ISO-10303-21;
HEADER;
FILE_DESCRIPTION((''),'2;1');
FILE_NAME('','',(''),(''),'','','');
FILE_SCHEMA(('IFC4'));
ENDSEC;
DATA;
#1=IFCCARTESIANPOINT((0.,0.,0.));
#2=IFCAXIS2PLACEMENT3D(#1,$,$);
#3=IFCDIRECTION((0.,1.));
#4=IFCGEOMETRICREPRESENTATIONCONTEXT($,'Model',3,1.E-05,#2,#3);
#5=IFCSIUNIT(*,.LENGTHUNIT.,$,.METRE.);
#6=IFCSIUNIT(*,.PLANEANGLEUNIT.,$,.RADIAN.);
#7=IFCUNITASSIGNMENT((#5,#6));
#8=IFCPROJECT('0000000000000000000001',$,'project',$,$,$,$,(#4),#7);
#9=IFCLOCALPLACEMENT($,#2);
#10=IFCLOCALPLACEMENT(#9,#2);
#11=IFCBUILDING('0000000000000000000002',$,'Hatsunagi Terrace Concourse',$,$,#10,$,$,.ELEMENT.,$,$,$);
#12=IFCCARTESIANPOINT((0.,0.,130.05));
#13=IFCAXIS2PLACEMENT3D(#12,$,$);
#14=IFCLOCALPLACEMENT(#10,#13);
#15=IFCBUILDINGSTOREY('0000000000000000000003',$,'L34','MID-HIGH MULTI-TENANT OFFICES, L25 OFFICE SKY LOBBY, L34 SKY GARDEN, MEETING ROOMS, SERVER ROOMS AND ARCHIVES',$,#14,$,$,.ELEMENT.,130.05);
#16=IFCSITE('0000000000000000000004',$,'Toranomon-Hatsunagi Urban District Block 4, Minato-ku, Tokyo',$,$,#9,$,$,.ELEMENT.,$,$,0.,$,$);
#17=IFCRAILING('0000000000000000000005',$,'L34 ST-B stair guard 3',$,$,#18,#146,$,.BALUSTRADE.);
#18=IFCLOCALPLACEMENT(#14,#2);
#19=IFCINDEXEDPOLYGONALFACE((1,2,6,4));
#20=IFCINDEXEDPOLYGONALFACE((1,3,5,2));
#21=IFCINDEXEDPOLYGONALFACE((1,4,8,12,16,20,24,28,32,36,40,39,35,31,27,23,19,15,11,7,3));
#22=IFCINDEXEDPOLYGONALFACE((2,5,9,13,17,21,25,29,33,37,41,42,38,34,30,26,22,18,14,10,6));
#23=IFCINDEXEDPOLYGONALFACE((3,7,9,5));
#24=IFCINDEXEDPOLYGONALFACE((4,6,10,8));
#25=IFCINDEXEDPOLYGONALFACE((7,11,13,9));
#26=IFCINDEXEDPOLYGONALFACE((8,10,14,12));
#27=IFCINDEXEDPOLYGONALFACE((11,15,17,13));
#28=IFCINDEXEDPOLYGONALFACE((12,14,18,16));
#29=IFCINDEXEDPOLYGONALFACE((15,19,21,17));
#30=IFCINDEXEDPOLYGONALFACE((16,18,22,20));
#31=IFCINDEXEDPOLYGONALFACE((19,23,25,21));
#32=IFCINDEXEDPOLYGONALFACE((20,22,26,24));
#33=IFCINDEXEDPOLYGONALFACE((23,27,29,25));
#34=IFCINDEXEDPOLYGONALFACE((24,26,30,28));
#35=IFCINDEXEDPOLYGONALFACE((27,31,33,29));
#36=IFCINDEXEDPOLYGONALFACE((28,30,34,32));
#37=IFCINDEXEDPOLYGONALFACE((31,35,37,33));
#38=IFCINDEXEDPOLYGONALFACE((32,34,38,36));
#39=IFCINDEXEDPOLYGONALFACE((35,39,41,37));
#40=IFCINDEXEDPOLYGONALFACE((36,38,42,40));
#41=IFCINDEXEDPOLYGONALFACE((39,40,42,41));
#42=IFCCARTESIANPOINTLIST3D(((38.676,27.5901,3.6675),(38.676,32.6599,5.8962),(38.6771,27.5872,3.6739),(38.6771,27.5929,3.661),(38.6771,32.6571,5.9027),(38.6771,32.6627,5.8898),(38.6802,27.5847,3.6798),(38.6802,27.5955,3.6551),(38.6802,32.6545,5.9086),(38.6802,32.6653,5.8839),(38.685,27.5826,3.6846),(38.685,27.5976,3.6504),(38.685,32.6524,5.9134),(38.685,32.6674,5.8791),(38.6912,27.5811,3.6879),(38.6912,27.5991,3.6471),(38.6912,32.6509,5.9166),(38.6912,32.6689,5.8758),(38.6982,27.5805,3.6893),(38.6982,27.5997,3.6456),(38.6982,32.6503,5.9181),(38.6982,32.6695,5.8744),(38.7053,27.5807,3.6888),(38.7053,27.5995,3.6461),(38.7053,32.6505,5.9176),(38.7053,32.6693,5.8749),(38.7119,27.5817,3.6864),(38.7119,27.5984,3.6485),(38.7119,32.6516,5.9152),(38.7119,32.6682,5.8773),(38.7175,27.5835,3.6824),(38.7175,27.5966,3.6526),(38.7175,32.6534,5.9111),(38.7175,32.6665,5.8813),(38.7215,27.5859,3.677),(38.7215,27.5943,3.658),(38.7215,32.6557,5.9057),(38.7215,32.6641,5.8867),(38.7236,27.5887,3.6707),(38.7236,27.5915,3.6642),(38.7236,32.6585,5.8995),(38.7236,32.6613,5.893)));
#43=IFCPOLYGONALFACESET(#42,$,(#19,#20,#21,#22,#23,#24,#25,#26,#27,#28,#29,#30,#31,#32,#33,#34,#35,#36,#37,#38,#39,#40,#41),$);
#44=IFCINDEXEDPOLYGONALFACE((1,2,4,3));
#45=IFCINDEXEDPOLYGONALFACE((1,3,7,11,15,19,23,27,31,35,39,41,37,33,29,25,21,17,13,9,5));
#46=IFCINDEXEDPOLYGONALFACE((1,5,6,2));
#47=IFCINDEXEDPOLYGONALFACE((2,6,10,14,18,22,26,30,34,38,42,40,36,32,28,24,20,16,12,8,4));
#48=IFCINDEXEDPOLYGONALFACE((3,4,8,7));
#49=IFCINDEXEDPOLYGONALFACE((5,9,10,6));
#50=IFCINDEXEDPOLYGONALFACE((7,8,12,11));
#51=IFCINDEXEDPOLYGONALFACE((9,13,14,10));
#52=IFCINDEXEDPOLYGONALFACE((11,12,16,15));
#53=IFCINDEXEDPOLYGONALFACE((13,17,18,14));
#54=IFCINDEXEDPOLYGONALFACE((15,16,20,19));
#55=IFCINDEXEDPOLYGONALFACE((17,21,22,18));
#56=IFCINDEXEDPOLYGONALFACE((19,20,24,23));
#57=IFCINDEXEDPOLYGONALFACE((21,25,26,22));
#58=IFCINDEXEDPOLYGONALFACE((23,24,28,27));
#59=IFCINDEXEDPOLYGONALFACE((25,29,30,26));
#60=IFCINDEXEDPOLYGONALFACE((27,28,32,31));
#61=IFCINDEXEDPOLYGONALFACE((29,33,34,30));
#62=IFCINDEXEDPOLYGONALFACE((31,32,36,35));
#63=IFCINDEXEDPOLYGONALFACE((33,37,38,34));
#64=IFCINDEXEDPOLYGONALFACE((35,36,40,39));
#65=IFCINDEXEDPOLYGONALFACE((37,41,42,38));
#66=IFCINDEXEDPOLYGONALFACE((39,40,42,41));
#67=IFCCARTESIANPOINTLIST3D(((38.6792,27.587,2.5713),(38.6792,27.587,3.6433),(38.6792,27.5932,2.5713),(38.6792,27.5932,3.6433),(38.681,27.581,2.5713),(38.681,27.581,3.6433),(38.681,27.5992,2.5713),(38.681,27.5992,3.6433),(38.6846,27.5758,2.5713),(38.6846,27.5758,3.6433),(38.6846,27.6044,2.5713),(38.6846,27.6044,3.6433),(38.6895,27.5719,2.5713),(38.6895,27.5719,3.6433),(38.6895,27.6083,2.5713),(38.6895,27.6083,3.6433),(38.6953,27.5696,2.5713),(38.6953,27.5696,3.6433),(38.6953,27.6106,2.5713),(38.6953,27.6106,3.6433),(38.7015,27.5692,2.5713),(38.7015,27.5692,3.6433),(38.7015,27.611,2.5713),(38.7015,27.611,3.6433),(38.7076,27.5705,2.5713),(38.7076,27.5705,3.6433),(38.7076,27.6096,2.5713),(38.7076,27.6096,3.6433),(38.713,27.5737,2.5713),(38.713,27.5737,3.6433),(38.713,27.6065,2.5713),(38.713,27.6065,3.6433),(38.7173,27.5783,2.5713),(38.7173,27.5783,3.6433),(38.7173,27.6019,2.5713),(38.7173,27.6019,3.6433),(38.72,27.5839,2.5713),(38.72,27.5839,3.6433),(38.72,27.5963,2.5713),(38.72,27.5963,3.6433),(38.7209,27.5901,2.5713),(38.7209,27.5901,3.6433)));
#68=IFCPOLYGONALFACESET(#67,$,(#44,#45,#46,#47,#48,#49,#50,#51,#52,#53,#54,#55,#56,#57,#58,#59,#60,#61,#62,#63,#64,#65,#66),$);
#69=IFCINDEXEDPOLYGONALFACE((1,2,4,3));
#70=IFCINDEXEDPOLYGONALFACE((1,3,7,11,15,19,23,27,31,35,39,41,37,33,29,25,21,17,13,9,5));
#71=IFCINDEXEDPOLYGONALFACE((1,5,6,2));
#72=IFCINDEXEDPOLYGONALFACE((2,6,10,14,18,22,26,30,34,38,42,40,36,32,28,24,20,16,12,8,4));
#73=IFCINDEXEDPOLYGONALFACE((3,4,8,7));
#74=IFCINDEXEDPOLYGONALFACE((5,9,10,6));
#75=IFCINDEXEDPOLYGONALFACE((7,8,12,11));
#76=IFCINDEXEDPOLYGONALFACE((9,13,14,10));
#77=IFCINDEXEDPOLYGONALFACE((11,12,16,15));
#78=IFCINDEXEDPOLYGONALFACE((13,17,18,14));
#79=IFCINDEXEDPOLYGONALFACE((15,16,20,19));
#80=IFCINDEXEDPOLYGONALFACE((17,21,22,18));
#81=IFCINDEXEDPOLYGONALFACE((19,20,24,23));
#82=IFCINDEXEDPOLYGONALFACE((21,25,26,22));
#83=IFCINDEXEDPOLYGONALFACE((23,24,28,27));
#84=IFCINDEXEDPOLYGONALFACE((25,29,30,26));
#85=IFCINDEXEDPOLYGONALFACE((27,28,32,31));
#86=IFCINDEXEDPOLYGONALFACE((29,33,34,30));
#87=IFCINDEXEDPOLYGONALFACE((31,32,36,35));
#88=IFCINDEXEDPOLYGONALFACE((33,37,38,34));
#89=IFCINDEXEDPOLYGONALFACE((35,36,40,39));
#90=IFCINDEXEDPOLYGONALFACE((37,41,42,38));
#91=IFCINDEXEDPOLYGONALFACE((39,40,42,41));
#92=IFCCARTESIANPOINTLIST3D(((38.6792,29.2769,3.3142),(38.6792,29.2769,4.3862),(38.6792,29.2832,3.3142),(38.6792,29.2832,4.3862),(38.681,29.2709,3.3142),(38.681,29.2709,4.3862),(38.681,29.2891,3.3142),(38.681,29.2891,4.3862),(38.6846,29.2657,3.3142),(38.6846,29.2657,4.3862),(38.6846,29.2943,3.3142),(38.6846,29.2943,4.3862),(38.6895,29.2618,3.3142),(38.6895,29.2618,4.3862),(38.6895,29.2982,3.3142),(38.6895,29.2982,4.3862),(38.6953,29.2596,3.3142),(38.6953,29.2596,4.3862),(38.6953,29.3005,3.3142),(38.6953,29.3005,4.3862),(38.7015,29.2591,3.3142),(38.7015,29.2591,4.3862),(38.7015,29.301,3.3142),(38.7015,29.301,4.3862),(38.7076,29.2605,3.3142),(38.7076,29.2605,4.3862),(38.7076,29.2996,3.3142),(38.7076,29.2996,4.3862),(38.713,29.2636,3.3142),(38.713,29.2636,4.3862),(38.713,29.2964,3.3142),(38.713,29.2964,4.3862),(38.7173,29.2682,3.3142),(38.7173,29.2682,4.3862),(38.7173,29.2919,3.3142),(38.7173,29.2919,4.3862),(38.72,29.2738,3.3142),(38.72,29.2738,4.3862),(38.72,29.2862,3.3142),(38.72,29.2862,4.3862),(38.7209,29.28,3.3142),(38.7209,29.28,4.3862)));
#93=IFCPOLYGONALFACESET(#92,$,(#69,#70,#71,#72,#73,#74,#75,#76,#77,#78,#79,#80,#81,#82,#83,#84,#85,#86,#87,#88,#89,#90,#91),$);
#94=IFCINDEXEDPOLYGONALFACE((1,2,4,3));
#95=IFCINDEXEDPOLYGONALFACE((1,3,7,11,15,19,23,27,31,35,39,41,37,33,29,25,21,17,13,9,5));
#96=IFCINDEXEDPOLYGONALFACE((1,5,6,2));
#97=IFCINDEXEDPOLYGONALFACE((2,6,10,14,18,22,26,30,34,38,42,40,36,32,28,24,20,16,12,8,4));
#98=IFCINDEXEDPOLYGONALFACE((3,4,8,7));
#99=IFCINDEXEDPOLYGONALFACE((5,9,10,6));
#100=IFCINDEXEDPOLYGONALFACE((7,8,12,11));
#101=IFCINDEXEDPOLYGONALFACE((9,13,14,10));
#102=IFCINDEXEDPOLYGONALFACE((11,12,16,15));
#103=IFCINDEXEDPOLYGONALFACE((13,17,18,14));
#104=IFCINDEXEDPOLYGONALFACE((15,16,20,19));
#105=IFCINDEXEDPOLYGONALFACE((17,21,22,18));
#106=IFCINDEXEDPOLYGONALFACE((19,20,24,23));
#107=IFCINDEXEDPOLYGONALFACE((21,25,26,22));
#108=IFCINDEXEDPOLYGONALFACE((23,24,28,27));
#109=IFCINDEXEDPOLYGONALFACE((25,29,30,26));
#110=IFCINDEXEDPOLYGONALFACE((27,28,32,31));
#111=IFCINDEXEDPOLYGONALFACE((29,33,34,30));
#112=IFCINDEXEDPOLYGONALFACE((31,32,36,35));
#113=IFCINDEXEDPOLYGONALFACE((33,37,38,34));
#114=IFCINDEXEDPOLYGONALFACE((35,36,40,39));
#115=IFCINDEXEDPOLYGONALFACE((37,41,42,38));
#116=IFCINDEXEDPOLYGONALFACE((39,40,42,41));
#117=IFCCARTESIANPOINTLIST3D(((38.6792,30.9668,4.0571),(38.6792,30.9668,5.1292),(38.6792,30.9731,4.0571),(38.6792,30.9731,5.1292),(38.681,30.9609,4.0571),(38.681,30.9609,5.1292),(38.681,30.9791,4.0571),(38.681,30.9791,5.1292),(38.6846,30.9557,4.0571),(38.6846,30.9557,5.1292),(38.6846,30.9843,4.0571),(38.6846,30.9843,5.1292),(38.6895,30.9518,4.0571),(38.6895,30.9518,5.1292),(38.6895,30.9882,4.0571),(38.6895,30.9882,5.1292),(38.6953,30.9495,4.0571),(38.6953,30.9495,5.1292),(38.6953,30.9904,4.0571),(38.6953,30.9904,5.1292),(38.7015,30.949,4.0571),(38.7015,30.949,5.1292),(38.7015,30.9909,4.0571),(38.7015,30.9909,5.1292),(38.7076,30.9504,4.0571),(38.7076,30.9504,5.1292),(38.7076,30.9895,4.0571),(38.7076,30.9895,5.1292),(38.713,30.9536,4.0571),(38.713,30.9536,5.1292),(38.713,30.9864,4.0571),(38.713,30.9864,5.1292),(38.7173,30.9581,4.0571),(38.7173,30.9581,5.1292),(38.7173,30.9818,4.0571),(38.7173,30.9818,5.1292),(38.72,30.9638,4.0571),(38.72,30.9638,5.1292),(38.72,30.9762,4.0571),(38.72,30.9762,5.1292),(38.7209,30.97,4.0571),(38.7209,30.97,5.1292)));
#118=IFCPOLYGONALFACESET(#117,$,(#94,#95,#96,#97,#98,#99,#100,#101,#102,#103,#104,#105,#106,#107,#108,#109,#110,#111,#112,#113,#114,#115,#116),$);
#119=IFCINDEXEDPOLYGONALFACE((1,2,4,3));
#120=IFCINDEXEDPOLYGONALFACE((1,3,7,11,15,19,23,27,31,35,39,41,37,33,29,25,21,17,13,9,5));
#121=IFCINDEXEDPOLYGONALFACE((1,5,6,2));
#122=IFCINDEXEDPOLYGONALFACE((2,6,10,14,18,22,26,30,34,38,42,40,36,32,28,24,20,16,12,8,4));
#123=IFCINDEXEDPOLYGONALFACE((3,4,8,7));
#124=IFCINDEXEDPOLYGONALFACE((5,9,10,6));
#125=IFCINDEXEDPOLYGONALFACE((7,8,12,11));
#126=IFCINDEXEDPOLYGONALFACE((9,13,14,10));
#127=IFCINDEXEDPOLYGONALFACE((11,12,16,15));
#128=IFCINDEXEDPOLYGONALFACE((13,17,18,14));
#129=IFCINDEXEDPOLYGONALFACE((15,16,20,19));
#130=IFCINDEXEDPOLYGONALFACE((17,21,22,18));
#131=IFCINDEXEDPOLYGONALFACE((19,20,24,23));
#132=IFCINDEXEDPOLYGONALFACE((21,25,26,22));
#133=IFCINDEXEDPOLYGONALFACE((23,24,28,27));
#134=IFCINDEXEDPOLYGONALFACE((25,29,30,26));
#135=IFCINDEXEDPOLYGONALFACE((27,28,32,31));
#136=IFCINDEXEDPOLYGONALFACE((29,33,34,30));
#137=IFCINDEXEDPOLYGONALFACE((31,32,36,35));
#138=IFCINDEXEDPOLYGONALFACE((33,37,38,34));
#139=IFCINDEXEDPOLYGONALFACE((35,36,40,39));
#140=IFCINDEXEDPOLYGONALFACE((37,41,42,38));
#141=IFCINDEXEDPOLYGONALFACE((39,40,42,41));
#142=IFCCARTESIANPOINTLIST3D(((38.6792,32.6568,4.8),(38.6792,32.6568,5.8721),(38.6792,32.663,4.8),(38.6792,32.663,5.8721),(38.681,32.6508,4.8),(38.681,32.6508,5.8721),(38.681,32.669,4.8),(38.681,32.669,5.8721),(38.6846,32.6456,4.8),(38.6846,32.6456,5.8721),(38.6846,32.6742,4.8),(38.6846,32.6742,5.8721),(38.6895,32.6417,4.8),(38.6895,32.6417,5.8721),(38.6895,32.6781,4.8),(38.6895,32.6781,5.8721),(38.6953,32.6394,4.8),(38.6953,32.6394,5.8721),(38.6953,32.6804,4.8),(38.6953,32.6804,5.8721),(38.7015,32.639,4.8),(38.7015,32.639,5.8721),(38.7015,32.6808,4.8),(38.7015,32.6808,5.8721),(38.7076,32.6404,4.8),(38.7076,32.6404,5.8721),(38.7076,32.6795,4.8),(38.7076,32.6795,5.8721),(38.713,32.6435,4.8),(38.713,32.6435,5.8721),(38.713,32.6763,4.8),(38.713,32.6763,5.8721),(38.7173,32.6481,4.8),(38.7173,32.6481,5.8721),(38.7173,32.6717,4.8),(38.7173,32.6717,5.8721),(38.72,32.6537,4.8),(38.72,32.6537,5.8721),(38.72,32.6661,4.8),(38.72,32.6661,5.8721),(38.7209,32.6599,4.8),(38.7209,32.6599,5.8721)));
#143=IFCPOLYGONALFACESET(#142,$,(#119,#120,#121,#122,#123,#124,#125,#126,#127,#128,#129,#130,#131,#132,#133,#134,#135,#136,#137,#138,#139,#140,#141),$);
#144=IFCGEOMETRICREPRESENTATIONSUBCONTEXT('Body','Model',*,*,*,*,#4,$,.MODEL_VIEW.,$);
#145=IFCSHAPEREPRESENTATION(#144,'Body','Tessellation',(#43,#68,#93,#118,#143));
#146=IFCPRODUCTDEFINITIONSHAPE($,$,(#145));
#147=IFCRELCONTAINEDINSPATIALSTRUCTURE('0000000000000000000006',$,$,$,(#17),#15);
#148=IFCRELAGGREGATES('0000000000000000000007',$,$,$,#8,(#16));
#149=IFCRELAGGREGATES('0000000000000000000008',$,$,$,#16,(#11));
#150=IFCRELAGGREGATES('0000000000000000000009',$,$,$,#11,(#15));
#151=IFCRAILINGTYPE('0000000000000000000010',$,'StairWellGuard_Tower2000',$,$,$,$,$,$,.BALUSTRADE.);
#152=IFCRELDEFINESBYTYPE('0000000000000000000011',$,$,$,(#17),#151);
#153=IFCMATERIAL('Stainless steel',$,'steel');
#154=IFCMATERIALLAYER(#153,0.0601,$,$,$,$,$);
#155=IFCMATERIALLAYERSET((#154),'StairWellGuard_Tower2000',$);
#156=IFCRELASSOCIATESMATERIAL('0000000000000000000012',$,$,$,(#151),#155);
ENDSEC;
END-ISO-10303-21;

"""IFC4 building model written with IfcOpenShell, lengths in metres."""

from ifc_helpers import new_model, si_unit, direction, frame, origin, origin_2d, place, context, subcontext, project, spatial, circle, extrude, material, layer, layer_set, type_object, element, save


model = new_model("IFC4")

# Units and contexts
model_context = context("Model", 3, precision=1e-05, world=origin(), true_north=direction((0.0, 1.0)))
body_context = subcontext(model_context, "Body", "Model", "MODEL_VIEW")
ifc_project = project(units=[si_unit("LENGTHUNIT", "METRE"), si_unit("PLANEANGLEUNIT", "RADIAN")], contexts=[model_context])

# Site, building, storey
site_placement = place(None, origin())
site = spatial("IfcSite", under=ifc_project, at=site_placement, Name="Toranomon-Hatsunagi Urban District Block 4, Minato-ku, Tokyo", CompositionType="ELEMENT", RefElevation=0.0)
building_placement = place(site_placement, origin())
building = spatial("IfcBuilding", under=site, at=building_placement, Name="Hatsunagi Terrace Concourse", CompositionType="ELEMENT")
storey_placement = place(building_placement, frame((0.0, 0.0, 130.05)))
storey = spatial("IfcBuildingStorey", under=building, at=storey_placement, Name="L34", Description="MID-HIGH MULTI-TENANT OFFICES, L25 OFFICE SKY LOBBY, L34 SKY GARDEN, MEETING ROOMS, SERVER ROOMS AND ARCHIVES", CompositionType="ELEMENT", Elevation=130.05)

# Railing
ifc_material_1 = material(Name="Stainless steel", Category="steel")
ifc_layer_1 = layer(ifc_material_1, 0.0601)
ifc_layer_set_1 = layer_set([ifc_layer_1], Name="StairWellGuard_Tower2000")
railing_type_1 = type_object("IfcRailingType", Name="StairWellGuard_Tower2000", PredefinedType="BALUSTRADE", material=ifc_layer_set_1)
railing_1_placement = place(storey_placement, frame((38.7, 27.5901, 2.5713)))
element("IfcRailing", 1, at=railing_1_placement, inside=storey, type_object=railing_type_1, Name="L34 ST-B stair guard 3", PredefinedType="BALUSTRADE", context=body_context, shape_type="SweptSolid", body=[
    extrude(circle(Radius=0.0239, at=origin_2d()), frame((0.0, 0.0, 1.0962), z_axis=(0.0, 0.915446, 0.402442), x_axis=(-1.0, 0.0, 0.0)), (0.0, 0.0, 1.0), 5.5381),
    extrude(circle(Radius=0.021, at=origin_2d()), origin(), (0.0, 0.0, 1.0), 1.072),
    extrude(circle(Radius=0.021, at=origin_2d()), frame((0.0, 1.6899, 0.7429)), (0.0, 0.0, 1.0), 1.072),
    extrude(circle(Radius=0.021, at=origin_2d()), frame((0.0, 3.3799, 1.4858)), (0.0, 0.0, 1.0), 1.072),
    extrude(circle(Radius=0.021, at=origin_2d()), frame((0.0, 5.0698, 2.2288)), (0.0, 0.0, 1.0), 1.072),
])

save(model, "model.ifc")
